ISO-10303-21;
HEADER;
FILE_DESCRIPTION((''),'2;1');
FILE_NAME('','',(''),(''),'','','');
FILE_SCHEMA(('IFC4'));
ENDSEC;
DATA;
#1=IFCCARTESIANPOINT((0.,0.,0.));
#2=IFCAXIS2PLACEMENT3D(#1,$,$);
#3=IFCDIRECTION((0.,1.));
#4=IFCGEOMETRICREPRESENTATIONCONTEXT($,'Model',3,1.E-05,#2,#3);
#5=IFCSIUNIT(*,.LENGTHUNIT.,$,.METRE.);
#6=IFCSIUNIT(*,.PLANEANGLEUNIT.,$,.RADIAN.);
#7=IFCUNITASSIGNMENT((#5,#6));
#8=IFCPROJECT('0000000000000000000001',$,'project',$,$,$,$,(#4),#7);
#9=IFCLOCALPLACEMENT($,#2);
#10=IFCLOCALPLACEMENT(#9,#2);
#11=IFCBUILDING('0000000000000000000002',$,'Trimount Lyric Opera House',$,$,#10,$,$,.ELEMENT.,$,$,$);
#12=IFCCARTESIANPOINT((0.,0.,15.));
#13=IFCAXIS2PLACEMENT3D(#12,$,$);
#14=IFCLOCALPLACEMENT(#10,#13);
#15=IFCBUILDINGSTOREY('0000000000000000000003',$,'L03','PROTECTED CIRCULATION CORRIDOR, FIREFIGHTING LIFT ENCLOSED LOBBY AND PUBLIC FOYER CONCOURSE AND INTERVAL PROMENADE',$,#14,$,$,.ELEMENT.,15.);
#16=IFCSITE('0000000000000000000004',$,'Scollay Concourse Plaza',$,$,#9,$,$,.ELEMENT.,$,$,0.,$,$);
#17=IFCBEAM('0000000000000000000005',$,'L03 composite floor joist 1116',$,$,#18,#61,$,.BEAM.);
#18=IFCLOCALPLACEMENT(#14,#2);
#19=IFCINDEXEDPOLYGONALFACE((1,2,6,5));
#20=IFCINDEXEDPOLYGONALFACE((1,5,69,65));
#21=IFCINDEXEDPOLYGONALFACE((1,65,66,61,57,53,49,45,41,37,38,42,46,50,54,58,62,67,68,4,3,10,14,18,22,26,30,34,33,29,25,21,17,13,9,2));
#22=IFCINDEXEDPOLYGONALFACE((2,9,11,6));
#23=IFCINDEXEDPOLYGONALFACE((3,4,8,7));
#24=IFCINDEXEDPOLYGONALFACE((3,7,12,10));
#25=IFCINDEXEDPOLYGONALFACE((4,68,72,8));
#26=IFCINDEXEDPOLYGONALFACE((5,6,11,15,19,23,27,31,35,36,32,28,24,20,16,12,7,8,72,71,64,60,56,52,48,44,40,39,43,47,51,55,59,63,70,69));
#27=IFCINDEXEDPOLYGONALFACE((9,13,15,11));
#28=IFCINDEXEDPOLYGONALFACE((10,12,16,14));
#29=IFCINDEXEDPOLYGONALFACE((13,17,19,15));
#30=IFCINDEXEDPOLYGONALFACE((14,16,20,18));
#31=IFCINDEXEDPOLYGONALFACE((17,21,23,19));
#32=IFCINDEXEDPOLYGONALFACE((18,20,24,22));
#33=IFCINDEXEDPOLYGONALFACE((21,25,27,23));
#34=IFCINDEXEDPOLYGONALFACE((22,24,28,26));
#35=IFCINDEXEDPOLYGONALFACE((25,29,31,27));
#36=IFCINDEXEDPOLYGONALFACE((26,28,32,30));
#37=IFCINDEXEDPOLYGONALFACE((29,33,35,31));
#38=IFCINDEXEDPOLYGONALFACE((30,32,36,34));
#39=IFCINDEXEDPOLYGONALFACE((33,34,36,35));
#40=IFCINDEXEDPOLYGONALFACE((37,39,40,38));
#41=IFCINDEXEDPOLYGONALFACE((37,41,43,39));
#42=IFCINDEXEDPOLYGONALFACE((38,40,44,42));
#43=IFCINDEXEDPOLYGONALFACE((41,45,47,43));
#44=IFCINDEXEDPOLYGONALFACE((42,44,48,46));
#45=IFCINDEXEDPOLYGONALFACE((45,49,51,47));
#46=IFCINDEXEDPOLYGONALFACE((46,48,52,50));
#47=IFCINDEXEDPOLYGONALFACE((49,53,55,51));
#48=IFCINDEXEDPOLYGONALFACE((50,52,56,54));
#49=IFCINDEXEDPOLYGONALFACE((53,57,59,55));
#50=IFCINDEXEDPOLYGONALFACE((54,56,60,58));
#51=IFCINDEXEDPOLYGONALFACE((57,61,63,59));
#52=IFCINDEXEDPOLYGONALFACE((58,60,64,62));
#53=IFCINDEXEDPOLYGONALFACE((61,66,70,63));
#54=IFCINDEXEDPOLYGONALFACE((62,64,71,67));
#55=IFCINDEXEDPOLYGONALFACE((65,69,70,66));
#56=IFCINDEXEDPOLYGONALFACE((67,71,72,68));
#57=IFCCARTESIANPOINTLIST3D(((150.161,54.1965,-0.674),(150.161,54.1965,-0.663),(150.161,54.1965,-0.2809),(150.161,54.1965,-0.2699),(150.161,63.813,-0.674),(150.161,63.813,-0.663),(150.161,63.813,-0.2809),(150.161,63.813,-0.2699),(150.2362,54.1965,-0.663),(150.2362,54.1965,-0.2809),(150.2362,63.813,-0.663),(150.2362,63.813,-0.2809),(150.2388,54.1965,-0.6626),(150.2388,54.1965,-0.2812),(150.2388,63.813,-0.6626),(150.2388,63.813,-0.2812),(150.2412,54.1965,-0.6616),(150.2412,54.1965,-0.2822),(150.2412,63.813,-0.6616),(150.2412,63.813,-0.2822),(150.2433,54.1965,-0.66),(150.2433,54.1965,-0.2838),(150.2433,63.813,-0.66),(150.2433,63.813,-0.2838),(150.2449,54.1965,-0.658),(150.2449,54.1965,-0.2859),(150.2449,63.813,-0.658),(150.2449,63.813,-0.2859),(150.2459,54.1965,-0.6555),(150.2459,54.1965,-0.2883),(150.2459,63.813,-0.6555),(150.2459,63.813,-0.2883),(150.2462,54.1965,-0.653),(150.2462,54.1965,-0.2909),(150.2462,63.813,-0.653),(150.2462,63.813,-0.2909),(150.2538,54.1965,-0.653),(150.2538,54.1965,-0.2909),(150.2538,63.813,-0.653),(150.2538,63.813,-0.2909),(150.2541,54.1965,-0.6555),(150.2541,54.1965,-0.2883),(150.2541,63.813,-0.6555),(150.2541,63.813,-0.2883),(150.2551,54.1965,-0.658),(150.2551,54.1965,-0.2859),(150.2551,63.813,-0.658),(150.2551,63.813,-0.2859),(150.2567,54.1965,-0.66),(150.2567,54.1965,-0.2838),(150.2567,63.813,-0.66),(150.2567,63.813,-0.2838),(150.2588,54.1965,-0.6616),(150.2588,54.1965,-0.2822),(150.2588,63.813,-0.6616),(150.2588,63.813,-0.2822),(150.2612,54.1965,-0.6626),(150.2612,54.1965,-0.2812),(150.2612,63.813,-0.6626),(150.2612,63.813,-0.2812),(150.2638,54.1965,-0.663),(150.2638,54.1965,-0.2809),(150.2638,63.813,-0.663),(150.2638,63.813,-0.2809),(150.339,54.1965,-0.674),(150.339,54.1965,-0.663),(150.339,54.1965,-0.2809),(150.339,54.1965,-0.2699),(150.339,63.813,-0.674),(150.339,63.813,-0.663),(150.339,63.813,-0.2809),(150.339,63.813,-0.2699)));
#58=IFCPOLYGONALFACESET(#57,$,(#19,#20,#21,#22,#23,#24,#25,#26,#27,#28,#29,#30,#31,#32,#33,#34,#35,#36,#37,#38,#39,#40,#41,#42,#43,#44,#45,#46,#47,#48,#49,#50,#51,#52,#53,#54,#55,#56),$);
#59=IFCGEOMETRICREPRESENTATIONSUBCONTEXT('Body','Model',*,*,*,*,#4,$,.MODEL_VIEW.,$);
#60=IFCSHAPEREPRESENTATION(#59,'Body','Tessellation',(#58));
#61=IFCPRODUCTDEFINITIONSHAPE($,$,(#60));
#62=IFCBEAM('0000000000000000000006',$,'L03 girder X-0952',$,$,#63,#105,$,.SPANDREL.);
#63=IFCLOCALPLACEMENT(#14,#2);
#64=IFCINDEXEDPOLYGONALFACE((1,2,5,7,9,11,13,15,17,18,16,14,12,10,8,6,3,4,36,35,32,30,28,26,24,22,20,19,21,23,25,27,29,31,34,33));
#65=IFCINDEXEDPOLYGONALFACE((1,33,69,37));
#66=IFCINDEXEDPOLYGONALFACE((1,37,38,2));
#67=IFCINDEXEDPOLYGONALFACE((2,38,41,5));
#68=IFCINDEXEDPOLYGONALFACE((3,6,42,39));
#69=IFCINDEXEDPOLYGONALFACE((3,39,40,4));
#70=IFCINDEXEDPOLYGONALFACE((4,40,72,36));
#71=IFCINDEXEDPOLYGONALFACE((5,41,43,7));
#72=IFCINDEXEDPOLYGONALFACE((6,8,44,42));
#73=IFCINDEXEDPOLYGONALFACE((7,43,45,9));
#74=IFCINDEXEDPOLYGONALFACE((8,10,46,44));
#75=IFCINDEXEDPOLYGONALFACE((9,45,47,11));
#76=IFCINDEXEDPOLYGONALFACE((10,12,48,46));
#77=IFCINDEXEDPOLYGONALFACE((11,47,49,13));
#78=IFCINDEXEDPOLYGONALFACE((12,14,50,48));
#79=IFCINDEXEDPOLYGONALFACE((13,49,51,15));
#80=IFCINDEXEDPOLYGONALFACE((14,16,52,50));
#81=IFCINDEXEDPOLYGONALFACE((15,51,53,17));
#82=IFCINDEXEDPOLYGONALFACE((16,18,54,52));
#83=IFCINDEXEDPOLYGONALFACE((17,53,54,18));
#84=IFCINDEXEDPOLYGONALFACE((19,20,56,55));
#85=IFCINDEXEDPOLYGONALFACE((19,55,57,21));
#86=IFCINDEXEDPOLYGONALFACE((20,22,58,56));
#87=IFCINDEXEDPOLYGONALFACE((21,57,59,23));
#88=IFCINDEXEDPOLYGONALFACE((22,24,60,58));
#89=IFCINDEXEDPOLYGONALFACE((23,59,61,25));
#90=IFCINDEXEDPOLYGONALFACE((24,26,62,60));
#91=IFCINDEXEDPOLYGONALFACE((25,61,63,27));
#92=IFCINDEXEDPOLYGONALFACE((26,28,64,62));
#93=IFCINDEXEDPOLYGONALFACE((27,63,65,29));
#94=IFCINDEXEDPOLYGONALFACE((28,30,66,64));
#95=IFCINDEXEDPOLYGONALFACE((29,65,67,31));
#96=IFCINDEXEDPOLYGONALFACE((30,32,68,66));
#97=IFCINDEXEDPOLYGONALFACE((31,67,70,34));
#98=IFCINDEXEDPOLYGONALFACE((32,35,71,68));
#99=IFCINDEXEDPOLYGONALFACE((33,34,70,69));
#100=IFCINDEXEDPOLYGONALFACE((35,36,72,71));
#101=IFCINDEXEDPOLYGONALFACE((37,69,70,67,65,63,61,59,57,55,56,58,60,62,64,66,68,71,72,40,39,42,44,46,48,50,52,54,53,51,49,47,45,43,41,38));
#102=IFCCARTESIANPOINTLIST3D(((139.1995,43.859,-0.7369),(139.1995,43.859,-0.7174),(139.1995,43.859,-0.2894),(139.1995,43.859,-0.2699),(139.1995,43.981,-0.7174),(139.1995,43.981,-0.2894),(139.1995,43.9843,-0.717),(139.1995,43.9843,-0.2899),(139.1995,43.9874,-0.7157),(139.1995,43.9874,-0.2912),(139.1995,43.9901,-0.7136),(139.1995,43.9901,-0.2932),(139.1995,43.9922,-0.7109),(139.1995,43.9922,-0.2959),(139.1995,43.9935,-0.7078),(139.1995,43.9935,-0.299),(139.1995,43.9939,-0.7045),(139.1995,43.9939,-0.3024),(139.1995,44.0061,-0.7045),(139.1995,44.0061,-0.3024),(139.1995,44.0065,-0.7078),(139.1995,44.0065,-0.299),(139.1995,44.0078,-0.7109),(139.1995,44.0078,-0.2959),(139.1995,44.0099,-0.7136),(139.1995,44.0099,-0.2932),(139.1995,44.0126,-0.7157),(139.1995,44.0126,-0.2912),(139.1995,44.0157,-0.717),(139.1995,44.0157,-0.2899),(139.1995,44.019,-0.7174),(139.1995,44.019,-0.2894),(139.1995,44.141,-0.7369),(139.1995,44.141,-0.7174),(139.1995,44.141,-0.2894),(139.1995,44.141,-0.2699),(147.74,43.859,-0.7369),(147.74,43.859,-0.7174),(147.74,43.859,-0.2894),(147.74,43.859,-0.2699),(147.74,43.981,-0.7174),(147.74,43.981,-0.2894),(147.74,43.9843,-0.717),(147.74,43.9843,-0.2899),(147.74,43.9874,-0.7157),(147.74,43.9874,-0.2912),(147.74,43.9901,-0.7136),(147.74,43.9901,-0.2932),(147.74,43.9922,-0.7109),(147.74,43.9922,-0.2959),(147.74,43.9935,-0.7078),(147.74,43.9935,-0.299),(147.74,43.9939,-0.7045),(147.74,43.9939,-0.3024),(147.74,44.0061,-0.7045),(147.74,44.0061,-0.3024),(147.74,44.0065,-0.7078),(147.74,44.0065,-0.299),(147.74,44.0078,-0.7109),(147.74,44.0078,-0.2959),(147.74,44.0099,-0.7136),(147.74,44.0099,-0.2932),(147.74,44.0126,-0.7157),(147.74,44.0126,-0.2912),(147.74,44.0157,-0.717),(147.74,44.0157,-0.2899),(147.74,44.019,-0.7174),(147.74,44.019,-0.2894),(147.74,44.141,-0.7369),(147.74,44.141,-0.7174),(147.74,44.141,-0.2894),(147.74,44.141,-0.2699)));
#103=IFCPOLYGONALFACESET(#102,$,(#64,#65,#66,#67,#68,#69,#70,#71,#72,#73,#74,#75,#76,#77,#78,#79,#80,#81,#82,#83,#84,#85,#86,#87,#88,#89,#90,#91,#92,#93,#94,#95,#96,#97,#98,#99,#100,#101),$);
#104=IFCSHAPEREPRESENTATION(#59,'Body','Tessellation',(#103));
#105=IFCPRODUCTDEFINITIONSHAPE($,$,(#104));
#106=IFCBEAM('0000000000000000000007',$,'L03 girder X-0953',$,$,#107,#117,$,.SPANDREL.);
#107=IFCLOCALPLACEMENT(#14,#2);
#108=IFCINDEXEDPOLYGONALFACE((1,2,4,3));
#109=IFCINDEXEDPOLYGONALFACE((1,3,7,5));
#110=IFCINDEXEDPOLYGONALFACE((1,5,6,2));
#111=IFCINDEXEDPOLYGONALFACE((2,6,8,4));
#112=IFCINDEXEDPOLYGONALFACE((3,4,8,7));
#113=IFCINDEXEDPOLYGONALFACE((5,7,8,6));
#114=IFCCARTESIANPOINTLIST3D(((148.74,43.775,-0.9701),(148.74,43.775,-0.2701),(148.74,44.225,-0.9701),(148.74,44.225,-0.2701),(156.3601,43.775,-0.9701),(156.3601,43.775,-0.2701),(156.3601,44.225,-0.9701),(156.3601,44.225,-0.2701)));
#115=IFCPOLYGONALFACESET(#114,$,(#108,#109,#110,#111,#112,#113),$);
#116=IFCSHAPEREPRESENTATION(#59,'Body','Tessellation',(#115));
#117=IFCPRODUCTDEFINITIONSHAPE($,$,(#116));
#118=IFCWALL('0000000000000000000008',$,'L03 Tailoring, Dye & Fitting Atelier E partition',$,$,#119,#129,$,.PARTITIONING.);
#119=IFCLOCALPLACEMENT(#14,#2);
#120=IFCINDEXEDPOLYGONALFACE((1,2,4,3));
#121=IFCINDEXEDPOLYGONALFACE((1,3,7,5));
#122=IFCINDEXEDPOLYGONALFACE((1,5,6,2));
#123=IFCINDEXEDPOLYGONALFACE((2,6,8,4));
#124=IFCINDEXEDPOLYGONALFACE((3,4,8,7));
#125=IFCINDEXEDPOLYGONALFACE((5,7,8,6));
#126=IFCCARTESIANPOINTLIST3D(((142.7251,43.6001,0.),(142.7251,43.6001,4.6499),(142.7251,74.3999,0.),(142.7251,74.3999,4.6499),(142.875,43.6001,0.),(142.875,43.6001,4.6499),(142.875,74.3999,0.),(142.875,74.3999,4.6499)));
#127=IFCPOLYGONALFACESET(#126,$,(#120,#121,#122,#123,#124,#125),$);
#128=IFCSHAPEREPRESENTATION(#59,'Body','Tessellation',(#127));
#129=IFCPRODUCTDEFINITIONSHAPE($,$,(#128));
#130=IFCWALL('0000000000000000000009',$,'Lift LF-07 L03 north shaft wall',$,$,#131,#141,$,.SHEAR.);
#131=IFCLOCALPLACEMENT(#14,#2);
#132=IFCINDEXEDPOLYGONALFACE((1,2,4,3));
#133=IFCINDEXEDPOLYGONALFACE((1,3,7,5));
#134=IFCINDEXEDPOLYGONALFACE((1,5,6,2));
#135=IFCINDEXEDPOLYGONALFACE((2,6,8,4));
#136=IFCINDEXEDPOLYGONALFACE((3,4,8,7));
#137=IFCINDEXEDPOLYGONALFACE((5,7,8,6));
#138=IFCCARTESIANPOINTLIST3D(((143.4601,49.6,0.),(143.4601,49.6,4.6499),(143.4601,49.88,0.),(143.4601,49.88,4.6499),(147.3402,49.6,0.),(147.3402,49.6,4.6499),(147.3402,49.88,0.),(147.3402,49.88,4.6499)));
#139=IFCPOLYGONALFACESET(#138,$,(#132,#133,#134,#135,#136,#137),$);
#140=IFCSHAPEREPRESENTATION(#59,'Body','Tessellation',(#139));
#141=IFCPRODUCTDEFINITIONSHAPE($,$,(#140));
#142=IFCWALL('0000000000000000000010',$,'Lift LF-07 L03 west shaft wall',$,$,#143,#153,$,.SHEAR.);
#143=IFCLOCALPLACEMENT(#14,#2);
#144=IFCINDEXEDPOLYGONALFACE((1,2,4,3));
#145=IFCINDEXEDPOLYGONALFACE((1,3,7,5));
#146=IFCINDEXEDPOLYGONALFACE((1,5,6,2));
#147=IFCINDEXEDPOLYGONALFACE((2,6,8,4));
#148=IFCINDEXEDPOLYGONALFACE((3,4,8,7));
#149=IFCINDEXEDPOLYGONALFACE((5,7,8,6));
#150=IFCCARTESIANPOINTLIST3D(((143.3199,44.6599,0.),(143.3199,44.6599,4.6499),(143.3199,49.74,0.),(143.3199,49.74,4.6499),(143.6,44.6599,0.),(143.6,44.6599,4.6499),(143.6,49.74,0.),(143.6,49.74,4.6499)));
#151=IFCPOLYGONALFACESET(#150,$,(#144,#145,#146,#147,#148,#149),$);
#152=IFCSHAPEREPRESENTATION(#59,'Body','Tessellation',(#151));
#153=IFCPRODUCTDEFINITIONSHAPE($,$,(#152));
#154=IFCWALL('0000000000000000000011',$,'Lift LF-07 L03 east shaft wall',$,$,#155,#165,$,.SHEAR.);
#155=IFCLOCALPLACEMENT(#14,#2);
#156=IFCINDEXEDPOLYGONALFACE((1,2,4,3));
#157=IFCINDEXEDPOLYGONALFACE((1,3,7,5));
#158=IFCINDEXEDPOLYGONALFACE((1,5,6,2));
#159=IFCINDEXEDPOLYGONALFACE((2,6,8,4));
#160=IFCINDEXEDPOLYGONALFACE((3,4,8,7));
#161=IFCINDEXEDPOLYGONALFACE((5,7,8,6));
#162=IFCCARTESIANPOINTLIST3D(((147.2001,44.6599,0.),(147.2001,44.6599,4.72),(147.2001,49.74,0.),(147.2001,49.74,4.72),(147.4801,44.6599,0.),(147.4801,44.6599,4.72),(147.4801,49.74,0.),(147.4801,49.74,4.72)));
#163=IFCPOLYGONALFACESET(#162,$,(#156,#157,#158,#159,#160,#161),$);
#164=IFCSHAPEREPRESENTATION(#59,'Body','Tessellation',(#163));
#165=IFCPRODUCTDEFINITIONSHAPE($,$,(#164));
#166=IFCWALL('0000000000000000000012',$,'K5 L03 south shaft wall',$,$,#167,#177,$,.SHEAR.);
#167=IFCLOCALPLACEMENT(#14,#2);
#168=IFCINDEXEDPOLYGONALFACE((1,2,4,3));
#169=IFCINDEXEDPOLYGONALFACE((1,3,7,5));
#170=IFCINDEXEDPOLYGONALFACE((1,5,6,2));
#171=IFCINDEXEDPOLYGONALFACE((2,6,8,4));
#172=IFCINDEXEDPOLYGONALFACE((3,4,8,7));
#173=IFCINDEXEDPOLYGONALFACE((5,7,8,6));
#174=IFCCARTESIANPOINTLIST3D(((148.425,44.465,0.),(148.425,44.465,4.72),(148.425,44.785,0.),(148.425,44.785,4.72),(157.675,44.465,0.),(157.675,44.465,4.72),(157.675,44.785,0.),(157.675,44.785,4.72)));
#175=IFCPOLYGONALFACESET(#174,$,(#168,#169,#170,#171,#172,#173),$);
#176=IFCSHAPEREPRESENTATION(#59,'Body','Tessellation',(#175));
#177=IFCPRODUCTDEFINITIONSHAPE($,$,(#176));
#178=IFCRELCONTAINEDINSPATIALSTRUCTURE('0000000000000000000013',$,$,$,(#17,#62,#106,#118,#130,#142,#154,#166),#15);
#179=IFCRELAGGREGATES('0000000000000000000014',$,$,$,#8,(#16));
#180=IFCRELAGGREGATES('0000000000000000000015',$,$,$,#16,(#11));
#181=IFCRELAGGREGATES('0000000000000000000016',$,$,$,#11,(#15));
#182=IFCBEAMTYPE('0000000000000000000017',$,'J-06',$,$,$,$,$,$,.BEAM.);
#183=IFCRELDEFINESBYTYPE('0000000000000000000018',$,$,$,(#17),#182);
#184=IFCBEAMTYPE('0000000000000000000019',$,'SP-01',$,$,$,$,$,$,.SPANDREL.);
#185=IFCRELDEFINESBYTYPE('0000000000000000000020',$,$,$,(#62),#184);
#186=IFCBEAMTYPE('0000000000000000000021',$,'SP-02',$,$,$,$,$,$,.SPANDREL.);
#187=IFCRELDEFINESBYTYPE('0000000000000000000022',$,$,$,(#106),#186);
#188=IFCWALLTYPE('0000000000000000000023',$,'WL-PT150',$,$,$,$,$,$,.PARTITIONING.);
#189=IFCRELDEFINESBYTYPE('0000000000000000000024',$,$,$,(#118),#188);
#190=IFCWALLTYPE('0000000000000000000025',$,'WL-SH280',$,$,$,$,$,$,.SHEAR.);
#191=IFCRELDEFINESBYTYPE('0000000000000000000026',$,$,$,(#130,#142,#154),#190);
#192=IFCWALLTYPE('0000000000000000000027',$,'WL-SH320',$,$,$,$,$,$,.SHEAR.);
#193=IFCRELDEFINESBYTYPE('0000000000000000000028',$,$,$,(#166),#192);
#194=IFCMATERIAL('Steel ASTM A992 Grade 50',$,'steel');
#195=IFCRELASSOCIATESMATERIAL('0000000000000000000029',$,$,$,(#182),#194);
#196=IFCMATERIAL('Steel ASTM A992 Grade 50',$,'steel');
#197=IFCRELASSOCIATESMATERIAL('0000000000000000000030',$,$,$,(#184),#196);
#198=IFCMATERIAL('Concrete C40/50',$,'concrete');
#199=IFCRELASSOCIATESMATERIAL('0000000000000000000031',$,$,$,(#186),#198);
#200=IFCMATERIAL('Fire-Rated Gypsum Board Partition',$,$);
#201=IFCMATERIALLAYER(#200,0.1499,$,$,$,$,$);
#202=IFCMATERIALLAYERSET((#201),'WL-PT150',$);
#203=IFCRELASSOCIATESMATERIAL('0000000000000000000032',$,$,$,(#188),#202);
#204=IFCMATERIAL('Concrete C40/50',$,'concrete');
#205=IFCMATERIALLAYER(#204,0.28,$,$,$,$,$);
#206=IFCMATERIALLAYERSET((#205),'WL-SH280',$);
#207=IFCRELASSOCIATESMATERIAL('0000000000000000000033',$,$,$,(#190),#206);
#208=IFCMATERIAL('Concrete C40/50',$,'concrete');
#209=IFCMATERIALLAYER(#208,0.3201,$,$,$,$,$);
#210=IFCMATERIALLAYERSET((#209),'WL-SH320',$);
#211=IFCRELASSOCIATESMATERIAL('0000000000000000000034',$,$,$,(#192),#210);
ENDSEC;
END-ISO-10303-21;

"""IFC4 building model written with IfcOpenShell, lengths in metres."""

from ifc_helpers import new_model, si_unit, direction, frame, frame_2d, origin, origin_2d, place, context, subcontext, project, spatial, rectangle, i_section, extrude, material, layer, layer_set, material_profile, profile_set, type_object, element, save


model = new_model("IFC4")

# Units and contexts
model_context = context("Model", 3, precision=1e-05, world=origin(), true_north=direction((0.0, 1.0)))
body_context = subcontext(model_context, "Body", "Model", "MODEL_VIEW")
ifc_project = project(units=[si_unit("LENGTHUNIT", "METRE"), si_unit("PLANEANGLEUNIT", "RADIAN")], contexts=[model_context])

# Site, building, storey
site_placement = place(None, origin())
site = spatial("IfcSite", under=ifc_project, at=site_placement, Name="Scollay Concourse Plaza", CompositionType="ELEMENT", RefElevation=0.0)
building_placement = place(site_placement, origin())
building = spatial("IfcBuilding", under=site, at=building_placement, Name="Trimount Lyric Opera House", CompositionType="ELEMENT")
storey_placement = place(building_placement, frame((0.0, 0.0, 15.0)))
storey = spatial("IfcBuildingStorey", under=building, at=storey_placement, Name="L03", Description="PROTECTED CIRCULATION CORRIDOR, FIREFIGHTING LIFT ENCLOSED LOBBY AND PUBLIC FOYER CONCOURSE AND INTERVAL PROMENADE", CompositionType="ELEMENT", Elevation=15.0)

# Beams
ifc_material_1 = material(Name="Steel ASTM A992 Grade 50", Category="steel")
ifc_material_profile_1 = material_profile(ifc_material_1, i_section(OverallWidth=0.178, OverallDepth=0.4041, WebThickness=0.0076, FlangeThickness=0.011, FilletRadius=0.01, at=origin_2d()), Name="W16X36")
ifc_profile_set_1 = profile_set([ifc_material_profile_1], Name="Steel ASTM A992 Grade 50")
beam_type_1 = type_object("IfcBeamType", Name="J-06", PredefinedType="BEAM", material=ifc_profile_set_1)
beam_1_placement = place(storey_placement, frame((150.25, 54.1965, -0.4719), z_axis=(0.0, 1.0, 0.0), x_axis=(-1.0, 0.0, 0.0)))
element("IfcBeam", 1, at=beam_1_placement, inside=storey, type_object=beam_type_1, Name="L03 composite floor joist 1116", PredefinedType="BEAM", context=body_context, shape_type="SweptSolid", body=[
    extrude(i_section(OverallWidth=0.178, OverallDepth=0.4041, WebThickness=0.0076, FlangeThickness=0.011, FilletRadius=0.01, at=origin_2d()), origin(), (0.0, 0.0, 1.0), 9.6165),
])
ifc_material_2 = material(Name="Steel ASTM A992 Grade 50", Category="steel")
ifc_material_profile_2 = material_profile(ifc_material_2, i_section(OverallWidth=0.282, OverallDepth=0.467, WebThickness=0.0122, FlangeThickness=0.0195, FilletRadius=0.0129, at=origin_2d()), Name="W18X86")
ifc_profile_set_2 = profile_set([ifc_material_profile_2], Name="Steel ASTM A992 Grade 50")
beam_type_2 = type_object("IfcBeamType", Name="SP-01", PredefinedType="SPANDREL", material=ifc_profile_set_2)
beam_2_placement = place(storey_placement, frame((139.1995, 44.0, -0.5034), z_axis=(1.0, 0.0, 0.0), x_axis=(0.0, 1.0, 0.0)))
element("IfcBeam", 2, at=beam_2_placement, inside=storey, type_object=beam_type_2, Name="L03 girder X-0952", PredefinedType="SPANDREL", context=body_context, shape_type="SweptSolid", body=[
    extrude(i_section(OverallWidth=0.282, OverallDepth=0.467, WebThickness=0.0122, FlangeThickness=0.0195, FilletRadius=0.0129, at=origin_2d()), origin(), (0.0, 0.0, 1.0), 8.5405),
])
ifc_material_3 = material(Name="Concrete C40/50", Category="concrete")
ifc_material_profile_3 = material_profile(ifc_material_3, rectangle(XDim=0.45, YDim=0.7, at=origin_2d()), Name="RC450X700")
ifc_profile_set_3 = profile_set([ifc_material_profile_3], Name="Concrete C40/50")
beam_type_3 = type_object("IfcBeamType", Name="SP-02", PredefinedType="SPANDREL", material=ifc_profile_set_3)
beam_3_placement = place(storey_placement, frame((148.74, 44.0, -0.6201), z_axis=(1.0, 0.0, 0.0), x_axis=(0.0, 1.0, 0.0)))
element("IfcBeam", 3, at=beam_3_placement, inside=storey, type_object=beam_type_3, Name="L03 girder X-0953", PredefinedType="SPANDREL", context=body_context, shape_type="SweptSolid", body=[
    extrude(rectangle(XDim=0.45, YDim=0.7, at=origin_2d()), origin(), (0.0, 0.0, 1.0), 7.6201),
])

# Walls
ifc_material_4 = material(Name="Fire-Rated Gypsum Board Partition")
ifc_layer_1 = layer(ifc_material_4, 0.1499)
ifc_layer_set_1 = layer_set([ifc_layer_1], Name="WL-PT150")
wall_type_1 = type_object("IfcWallType", Name="WL-PT150", PredefinedType="PARTITIONING", material=ifc_layer_set_1)
wall_1_placement = place(storey_placement, frame((142.8, 43.6001, 0.0), z_axis=(0.0, 0.0, 1.0), x_axis=(0.0, 1.0, 0.0)))
element("IfcWall", 4, at=wall_1_placement, inside=storey, type_object=wall_type_1, Name="L03 Tailoring, Dye & Fitting Atelier E partition", PredefinedType="PARTITIONING", context=body_context, shape_type="SweptSolid", body=[
    extrude(rectangle(XDim=30.7998, YDim=0.1499, at=frame_2d((15.3999, 0.0))), origin(), (0.0, 0.0, 1.0), 4.6499),
])
ifc_material_5 = material(Name="Concrete C40/50", Category="concrete")
ifc_layer_2 = layer(ifc_material_5, 0.28)
ifc_layer_set_2 = layer_set([ifc_layer_2], Name="WL-SH280")
wall_type_2 = type_object("IfcWallType", Name="WL-SH280", PredefinedType="SHEAR", material=ifc_layer_set_2)
for number, where, z_axis, x_axis, name in (
    (5, (147.3401, 49.74, 0.0), (0.0, 0.0, 1.0), (-1.0, 0.0, 0.0), "Lift LF-07 L03 north shaft wall"),
):
    element("IfcWall", number, at=place(storey_placement, frame(where, z_axis=z_axis, x_axis=x_axis)), inside=storey, type_object=wall_type_2, Name=name, PredefinedType="SHEAR", context=body_context, shape_type="SweptSolid", body=[
        extrude(rectangle(XDim=3.8801, YDim=0.28, at=frame_2d((1.9399, 0.0))), origin(), (0.0, 0.0, 1.0), 4.6499),
    ])
wall_2_placement = place(storey_placement, frame((143.46, 49.74, 0.0), z_axis=(0.0, 0.0, 1.0), x_axis=(0.0, -1.0, 0.0)))
element("IfcWall", 6, at=wall_2_placement, inside=storey, type_object=wall_type_2, Name="Lift LF-07 L03 west shaft wall", PredefinedType="SHEAR", context=body_context, shape_type="SweptSolid", body=[
    extrude(rectangle(XDim=5.0801, YDim=0.28, at=frame_2d((2.54, 0.0))), origin(), (0.0, 0.0, 1.0), 4.6499),
])
wall_3_placement = place(storey_placement, frame((147.3401, 44.6599, 0.0), z_axis=(0.0, 0.0, 1.0), x_axis=(0.0, 1.0, 0.0)))
element("IfcWall", 7, at=wall_3_placement, inside=storey, type_object=wall_type_2, Name="Lift LF-07 L03 east shaft wall", PredefinedType="SHEAR", context=body_context, shape_type="SweptSolid", body=[
    extrude(rectangle(XDim=5.0801, YDim=0.28, at=frame_2d((2.54, 0.0))), origin(), (0.0, 0.0, 1.0), 4.72),
])
ifc_material_6 = material(Name="Concrete C40/50", Category="concrete")
ifc_layer_3 = layer(ifc_material_6, 0.3201)
ifc_layer_set_3 = layer_set([ifc_layer_3], Name="WL-SH320")
wall_type_3 = type_object("IfcWallType", Name="WL-SH320", PredefinedType="SHEAR", material=ifc_layer_set_3)
wall_4_placement = place(storey_placement, frame((148.425, 44.625, 0.0), z_axis=(0.0, 0.0, 1.0), x_axis=(1.0, 0.0, 0.0)))
element("IfcWall", 8, at=wall_4_placement, inside=storey, type_object=wall_type_3, Name="K5 L03 south shaft wall", PredefinedType="SHEAR", context=body_context, shape_type="SweptSolid", body=[
    extrude(rectangle(XDim=9.25, YDim=0.3201, at=frame_2d((4.625, 0.0))), origin(), (0.0, 0.0, 1.0), 4.72),
])

save(model, "model.ifc")
